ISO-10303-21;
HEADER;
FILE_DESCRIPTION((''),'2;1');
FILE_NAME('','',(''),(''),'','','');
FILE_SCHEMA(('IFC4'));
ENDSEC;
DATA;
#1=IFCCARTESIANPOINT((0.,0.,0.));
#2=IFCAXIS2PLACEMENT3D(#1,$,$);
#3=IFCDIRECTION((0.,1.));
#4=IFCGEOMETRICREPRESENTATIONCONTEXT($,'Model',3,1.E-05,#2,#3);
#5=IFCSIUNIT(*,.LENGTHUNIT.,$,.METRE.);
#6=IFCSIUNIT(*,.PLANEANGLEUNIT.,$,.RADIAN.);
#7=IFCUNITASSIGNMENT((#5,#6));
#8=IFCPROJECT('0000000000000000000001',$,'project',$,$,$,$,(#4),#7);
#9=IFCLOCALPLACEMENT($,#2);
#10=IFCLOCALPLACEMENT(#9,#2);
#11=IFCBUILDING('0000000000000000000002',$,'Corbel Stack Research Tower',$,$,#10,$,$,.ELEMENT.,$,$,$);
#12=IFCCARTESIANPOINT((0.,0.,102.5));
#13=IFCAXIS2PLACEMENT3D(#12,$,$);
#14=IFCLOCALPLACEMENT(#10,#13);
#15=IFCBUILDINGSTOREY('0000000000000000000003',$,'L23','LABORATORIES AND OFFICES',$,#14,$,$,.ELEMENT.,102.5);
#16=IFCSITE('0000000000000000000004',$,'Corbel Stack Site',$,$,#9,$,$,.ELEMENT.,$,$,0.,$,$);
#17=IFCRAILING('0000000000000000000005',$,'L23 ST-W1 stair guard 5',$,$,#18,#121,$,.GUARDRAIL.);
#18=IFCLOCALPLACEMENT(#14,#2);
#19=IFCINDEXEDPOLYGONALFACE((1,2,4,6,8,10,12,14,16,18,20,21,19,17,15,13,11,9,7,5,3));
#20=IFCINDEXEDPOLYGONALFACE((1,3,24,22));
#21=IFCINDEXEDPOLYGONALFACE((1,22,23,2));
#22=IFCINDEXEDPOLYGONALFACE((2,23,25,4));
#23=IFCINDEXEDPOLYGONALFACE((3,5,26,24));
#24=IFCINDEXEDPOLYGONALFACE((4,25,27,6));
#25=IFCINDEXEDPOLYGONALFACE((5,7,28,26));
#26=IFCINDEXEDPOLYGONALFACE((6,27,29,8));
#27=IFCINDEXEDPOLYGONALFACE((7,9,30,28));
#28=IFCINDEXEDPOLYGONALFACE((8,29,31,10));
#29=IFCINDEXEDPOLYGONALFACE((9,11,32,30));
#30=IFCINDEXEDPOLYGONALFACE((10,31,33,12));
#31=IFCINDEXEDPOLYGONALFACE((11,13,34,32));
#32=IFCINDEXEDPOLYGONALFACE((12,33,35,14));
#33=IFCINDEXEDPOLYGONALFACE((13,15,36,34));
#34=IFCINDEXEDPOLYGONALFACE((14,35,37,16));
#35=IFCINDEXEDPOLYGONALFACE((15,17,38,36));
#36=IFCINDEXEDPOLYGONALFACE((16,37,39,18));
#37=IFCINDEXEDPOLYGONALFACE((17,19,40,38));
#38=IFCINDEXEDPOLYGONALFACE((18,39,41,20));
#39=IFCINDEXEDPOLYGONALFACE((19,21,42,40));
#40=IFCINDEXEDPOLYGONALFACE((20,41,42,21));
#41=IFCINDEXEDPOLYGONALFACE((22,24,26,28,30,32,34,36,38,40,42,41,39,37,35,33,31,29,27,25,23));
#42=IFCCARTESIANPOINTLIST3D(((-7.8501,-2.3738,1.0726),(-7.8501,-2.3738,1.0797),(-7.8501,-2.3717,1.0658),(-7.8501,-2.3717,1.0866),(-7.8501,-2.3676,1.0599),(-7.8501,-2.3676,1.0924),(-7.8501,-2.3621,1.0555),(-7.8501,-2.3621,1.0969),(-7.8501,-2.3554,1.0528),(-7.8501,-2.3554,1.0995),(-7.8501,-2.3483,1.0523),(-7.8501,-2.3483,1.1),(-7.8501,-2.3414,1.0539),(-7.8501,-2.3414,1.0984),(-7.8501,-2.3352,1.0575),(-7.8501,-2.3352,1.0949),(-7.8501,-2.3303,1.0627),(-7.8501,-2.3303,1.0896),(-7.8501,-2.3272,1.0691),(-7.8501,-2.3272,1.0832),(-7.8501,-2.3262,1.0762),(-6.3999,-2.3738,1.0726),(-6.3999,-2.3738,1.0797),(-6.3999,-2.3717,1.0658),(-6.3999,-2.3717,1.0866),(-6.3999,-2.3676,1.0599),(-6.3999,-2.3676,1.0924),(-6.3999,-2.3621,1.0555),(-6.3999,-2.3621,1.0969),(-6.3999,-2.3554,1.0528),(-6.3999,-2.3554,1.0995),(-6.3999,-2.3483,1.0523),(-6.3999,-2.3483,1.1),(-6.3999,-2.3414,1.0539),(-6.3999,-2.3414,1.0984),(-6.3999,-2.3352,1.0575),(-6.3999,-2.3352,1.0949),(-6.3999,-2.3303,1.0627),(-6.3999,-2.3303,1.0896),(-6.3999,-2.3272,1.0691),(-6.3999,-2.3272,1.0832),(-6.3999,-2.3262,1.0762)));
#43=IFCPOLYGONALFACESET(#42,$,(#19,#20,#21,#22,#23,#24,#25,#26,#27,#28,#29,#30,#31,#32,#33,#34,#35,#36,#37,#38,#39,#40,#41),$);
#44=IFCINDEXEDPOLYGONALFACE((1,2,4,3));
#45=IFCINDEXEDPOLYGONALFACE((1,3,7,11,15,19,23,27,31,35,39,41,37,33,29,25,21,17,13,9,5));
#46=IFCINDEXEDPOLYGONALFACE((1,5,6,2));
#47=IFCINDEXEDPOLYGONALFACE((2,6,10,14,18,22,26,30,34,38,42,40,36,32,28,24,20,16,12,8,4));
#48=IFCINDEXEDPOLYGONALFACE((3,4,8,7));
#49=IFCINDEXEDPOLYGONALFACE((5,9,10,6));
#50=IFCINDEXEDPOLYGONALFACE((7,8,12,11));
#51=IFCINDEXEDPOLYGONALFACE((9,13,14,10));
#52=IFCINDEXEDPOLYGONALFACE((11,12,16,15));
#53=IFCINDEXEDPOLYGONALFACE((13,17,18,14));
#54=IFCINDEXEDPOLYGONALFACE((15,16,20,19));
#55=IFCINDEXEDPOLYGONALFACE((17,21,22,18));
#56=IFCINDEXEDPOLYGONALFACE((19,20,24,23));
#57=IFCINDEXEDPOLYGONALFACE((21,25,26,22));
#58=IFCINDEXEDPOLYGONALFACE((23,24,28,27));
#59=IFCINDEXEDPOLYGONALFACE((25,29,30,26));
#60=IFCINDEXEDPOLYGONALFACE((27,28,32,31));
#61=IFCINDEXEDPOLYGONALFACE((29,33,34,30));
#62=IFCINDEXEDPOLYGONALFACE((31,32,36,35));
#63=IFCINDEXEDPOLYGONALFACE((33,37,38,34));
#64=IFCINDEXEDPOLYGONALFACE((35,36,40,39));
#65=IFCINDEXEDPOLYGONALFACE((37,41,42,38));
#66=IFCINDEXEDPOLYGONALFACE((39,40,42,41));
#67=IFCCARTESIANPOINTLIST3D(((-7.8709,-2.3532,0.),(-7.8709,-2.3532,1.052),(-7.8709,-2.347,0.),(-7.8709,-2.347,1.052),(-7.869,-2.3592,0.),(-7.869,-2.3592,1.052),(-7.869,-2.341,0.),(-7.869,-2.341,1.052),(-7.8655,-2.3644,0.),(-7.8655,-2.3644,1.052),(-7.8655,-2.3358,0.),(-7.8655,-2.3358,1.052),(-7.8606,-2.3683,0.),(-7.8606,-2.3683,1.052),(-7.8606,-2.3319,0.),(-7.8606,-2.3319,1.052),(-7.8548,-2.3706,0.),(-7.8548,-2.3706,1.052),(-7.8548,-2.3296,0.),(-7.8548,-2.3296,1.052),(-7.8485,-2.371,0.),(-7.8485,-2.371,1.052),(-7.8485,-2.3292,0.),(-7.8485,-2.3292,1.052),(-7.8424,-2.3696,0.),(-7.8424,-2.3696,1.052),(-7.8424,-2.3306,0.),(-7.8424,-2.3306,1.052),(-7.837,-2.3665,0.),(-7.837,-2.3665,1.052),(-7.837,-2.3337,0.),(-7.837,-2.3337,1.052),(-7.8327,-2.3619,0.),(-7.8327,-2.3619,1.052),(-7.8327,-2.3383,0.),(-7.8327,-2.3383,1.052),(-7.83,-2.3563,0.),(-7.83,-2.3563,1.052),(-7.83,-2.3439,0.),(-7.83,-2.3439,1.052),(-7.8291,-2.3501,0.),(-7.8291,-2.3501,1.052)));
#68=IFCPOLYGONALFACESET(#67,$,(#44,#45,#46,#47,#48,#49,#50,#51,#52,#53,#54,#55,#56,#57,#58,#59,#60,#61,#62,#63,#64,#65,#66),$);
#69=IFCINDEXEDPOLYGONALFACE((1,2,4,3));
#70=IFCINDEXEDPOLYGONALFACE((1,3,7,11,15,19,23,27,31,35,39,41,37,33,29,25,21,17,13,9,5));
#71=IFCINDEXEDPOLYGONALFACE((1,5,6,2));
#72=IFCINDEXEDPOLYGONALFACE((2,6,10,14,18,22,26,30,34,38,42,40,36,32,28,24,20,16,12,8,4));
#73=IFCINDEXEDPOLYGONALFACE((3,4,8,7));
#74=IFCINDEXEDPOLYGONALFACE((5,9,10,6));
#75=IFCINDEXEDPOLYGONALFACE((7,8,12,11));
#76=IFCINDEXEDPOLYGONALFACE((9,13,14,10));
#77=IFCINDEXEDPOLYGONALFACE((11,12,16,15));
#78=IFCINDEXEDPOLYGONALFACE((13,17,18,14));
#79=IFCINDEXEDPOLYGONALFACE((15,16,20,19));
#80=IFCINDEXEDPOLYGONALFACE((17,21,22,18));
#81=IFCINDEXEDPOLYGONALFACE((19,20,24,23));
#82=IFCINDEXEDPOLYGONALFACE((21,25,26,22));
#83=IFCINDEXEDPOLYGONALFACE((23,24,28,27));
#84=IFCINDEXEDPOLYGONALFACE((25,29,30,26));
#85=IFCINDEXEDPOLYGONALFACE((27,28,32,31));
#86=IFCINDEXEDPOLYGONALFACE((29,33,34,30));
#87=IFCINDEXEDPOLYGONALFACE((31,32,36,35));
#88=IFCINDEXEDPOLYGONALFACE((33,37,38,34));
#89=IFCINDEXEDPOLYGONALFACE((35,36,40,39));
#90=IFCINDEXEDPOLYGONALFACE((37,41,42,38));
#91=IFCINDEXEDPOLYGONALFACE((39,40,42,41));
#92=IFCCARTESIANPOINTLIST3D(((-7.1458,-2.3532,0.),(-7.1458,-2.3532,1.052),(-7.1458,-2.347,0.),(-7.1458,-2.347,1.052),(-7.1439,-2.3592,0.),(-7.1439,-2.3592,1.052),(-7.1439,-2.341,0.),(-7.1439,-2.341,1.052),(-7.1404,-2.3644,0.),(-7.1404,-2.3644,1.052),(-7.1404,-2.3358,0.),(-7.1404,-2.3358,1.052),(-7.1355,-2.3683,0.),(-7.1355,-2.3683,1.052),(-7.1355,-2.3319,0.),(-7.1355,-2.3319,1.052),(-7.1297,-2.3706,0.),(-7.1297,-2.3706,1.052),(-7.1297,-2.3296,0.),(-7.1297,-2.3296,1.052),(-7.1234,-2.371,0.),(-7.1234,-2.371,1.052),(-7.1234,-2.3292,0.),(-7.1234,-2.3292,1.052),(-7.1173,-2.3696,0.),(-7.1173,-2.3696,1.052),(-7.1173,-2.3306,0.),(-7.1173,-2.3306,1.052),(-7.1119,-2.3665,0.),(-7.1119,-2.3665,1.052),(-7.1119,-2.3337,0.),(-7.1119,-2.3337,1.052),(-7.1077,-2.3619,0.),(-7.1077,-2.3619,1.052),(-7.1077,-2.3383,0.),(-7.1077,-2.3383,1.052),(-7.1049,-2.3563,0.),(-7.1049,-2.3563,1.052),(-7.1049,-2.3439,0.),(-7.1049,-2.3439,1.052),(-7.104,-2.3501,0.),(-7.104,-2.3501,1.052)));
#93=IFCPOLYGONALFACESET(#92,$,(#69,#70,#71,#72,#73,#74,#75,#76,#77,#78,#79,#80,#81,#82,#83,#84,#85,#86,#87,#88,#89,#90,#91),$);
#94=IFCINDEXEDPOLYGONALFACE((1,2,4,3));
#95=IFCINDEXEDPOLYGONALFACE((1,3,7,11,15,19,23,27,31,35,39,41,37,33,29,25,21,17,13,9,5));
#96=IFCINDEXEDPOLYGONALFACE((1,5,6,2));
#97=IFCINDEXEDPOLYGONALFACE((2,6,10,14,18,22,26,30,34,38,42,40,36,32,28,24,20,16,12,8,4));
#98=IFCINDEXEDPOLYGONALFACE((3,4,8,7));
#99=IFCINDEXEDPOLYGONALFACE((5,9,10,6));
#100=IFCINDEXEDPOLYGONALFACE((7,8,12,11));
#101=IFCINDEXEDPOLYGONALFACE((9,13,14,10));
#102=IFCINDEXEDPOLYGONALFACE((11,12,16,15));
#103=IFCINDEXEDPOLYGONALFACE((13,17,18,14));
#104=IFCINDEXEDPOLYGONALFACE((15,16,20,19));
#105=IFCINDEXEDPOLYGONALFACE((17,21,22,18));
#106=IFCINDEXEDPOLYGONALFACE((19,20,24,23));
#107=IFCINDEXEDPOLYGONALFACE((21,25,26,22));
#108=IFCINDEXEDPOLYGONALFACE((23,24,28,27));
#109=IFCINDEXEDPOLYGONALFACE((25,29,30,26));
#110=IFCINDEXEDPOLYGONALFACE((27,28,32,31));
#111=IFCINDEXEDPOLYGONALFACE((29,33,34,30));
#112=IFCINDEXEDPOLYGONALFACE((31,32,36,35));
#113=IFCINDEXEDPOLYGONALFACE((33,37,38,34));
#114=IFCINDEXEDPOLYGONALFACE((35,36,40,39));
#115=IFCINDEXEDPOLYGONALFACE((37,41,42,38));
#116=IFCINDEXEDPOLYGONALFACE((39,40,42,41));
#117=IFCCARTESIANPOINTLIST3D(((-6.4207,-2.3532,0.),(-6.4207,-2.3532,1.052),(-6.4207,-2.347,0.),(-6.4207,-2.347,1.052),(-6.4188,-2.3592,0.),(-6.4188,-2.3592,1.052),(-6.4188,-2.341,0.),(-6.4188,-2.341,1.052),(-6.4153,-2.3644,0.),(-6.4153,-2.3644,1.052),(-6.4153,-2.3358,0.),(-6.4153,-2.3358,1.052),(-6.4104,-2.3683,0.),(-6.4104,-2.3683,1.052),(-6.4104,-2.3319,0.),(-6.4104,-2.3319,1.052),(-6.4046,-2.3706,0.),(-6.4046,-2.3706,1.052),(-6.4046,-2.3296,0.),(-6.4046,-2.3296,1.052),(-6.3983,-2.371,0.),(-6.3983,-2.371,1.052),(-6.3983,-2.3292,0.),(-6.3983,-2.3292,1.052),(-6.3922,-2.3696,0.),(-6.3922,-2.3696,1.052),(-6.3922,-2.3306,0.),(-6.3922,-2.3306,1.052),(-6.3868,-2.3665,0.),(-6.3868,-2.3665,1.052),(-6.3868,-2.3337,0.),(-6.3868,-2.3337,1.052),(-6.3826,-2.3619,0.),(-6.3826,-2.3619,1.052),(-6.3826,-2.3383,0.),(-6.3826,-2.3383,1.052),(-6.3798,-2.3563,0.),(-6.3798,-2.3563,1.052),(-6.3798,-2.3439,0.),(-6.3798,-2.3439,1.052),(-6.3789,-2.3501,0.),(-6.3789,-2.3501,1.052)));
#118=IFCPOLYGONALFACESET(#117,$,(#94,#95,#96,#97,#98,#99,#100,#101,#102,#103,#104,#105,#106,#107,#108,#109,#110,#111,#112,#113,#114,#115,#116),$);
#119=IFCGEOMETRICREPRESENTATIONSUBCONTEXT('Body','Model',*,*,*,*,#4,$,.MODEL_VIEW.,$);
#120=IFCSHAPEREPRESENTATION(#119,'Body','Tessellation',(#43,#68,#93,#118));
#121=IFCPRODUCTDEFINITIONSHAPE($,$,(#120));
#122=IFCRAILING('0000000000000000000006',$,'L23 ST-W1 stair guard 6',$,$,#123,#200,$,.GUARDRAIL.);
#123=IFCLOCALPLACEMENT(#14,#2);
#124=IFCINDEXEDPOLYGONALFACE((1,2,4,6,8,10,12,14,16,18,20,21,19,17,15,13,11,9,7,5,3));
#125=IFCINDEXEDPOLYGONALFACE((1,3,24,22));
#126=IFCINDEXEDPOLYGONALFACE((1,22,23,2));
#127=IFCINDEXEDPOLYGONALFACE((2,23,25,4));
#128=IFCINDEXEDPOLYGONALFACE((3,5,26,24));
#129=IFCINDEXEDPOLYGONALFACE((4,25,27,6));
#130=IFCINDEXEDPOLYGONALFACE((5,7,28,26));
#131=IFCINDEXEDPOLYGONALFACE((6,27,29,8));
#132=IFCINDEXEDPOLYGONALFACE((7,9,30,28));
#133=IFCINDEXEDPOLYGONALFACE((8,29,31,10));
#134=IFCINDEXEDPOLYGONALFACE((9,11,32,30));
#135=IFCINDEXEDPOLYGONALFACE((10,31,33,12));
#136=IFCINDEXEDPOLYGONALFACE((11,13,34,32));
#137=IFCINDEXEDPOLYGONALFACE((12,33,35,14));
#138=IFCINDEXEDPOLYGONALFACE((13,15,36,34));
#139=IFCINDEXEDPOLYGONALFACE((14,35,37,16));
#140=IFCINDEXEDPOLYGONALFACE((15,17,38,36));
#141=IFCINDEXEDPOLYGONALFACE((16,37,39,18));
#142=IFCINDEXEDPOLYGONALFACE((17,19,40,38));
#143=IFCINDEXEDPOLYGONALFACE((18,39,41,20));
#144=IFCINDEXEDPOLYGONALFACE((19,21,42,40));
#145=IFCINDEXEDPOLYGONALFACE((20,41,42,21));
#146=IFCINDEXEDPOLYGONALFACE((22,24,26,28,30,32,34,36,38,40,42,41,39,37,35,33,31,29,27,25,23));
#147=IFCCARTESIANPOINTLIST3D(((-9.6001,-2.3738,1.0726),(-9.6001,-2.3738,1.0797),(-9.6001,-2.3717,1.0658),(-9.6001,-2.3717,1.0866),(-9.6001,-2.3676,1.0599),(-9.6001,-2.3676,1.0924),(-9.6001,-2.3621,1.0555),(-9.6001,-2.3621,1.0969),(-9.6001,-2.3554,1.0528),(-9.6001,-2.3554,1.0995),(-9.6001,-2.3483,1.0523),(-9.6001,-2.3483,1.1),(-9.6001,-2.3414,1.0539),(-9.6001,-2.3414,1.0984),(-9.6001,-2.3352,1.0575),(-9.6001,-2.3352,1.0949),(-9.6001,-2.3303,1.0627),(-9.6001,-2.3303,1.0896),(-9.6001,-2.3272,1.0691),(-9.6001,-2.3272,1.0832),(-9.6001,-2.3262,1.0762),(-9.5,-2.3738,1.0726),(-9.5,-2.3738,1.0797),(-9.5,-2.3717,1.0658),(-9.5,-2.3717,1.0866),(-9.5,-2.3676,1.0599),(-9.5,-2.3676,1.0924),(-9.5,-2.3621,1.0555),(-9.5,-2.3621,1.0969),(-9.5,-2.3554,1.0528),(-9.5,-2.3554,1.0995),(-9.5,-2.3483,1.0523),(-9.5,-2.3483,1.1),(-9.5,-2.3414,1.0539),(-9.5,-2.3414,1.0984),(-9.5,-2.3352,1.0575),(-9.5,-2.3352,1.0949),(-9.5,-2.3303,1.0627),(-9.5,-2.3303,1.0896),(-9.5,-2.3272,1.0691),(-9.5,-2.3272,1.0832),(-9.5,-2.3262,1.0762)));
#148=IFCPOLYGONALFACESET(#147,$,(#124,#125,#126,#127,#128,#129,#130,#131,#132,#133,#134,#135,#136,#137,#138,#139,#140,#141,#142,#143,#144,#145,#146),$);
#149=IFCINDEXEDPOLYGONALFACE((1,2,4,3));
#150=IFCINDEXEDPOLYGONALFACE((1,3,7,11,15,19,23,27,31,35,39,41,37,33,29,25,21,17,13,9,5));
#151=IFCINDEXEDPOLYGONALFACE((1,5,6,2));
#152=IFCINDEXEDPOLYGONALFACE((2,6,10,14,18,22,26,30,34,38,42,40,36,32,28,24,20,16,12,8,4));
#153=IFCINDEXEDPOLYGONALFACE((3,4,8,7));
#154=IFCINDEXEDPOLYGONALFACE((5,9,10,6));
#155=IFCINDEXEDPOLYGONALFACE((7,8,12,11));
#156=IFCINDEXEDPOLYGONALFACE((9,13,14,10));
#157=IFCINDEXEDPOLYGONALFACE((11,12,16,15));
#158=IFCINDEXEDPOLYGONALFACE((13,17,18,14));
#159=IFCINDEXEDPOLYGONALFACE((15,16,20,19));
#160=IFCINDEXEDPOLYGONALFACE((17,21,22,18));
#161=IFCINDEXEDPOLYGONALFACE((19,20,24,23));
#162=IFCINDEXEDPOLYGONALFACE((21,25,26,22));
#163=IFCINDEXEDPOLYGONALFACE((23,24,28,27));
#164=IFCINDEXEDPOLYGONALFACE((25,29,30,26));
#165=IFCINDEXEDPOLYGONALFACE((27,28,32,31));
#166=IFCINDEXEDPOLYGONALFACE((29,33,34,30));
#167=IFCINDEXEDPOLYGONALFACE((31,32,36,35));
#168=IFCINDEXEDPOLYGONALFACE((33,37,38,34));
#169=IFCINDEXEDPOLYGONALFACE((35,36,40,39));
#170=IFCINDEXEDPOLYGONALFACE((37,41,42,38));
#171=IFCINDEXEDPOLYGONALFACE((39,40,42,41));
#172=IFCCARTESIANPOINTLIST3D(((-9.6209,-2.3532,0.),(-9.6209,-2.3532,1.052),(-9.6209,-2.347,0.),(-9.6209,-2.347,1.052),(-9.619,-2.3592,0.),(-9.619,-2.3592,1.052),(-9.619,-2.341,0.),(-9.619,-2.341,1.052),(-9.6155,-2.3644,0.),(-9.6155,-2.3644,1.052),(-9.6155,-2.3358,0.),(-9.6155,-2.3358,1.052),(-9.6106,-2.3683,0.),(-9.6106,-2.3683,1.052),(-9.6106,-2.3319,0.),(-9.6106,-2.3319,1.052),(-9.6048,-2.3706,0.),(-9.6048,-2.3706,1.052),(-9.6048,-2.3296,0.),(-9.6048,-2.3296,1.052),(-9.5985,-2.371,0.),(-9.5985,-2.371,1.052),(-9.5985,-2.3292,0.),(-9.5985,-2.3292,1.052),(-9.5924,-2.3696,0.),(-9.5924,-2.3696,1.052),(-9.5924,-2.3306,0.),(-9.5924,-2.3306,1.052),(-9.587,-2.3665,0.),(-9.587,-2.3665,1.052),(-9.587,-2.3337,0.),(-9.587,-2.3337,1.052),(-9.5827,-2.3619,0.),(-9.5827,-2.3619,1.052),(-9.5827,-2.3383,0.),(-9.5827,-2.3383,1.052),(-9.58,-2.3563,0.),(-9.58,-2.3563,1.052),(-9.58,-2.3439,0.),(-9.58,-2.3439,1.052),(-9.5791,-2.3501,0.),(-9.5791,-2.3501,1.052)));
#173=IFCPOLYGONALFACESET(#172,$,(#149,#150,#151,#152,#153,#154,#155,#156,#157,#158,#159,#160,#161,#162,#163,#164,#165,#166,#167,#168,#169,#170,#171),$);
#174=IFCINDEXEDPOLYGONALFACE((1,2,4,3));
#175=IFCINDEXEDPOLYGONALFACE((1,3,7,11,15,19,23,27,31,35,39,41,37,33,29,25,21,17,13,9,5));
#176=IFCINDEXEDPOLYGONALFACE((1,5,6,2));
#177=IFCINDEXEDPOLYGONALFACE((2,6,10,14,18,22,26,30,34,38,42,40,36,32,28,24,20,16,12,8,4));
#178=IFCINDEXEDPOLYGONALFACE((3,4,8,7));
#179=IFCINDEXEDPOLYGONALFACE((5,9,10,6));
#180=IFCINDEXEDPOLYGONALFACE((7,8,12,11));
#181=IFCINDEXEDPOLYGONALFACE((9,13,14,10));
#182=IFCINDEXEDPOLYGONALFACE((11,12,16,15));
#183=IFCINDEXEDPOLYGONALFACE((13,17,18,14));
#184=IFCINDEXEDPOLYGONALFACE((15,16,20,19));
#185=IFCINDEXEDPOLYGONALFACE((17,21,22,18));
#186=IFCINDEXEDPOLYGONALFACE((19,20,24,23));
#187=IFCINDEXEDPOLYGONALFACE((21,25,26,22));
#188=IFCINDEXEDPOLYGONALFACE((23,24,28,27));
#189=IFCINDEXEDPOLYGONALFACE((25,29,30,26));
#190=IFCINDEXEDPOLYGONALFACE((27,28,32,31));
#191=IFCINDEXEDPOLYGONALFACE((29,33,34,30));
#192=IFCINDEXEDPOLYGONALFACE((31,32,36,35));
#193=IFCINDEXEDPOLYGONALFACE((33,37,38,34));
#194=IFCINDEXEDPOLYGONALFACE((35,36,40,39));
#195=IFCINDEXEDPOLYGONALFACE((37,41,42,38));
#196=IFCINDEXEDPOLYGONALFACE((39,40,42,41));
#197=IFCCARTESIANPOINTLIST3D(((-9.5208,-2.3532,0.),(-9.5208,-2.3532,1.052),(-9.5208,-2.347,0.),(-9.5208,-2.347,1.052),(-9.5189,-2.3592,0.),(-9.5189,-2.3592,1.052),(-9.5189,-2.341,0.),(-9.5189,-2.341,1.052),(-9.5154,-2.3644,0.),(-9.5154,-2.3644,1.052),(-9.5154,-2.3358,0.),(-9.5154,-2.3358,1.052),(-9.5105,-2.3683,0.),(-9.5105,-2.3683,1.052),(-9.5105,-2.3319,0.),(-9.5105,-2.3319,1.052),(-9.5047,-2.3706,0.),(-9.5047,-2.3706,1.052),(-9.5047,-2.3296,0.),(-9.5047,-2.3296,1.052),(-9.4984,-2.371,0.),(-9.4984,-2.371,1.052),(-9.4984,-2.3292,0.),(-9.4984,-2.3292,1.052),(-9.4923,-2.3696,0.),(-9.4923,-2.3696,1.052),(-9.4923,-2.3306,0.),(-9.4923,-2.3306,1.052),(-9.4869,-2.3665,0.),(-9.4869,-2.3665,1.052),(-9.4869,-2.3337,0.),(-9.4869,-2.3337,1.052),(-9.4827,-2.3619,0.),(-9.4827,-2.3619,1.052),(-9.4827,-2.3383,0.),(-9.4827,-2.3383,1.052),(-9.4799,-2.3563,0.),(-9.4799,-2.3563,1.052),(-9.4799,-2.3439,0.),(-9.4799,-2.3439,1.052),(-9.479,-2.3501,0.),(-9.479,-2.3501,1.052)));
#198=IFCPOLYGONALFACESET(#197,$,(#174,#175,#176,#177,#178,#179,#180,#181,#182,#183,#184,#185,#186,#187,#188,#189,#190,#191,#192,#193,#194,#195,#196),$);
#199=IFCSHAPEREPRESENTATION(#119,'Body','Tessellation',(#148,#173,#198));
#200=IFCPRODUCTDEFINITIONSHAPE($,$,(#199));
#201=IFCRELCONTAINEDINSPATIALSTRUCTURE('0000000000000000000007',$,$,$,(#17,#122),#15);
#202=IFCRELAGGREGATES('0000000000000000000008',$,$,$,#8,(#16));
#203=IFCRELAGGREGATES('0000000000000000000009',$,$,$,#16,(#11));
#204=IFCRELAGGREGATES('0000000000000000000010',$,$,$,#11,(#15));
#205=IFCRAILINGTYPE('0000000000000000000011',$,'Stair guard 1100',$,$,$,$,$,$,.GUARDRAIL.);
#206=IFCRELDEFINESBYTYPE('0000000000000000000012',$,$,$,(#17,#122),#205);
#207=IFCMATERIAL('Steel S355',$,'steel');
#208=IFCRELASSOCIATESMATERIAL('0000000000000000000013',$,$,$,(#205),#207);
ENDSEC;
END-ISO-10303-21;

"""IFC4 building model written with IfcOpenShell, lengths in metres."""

from ifc_helpers import new_model, si_unit, direction, frame, origin, origin_2d, place, context, subcontext, project, spatial, circle, extrude, material, type_object, element, save


model = new_model("IFC4")

# Units and contexts
model_context = context("Model", 3, precision=1e-05, world=origin(), true_north=direction((0.0, 1.0)))
body_context = subcontext(model_context, "Body", "Model", "MODEL_VIEW")
ifc_project = project(units=[si_unit("LENGTHUNIT", "METRE"), si_unit("PLANEANGLEUNIT", "RADIAN")], contexts=[model_context])

# Site, building, storey
site_placement = place(None, origin())
site = spatial("IfcSite", under=ifc_project, at=site_placement, Name="Corbel Stack Site", CompositionType="ELEMENT", RefElevation=0.0)
building_placement = place(site_placement, origin())
building = spatial("IfcBuilding", under=site, at=building_placement, Name="Corbel Stack Research Tower", CompositionType="ELEMENT")
storey_placement = place(building_placement, frame((0.0, 0.0, 102.5)))
storey = spatial("IfcBuildingStorey", under=building, at=storey_placement, Name="L23", Description="LABORATORIES AND OFFICES", CompositionType="ELEMENT", Elevation=102.5)

# Railings
ifc_material_1 = material(Name="Steel S355", Category="steel")
railing_type_1 = type_object("IfcRailingType", Name="Stair guard 1100", PredefinedType="GUARDRAIL", material=ifc_material_1)
railing_1_placement = place(storey_placement, frame((-7.8501, -2.3501, 0.0)))
element("IfcRailing", 1, at=railing_1_placement, inside=storey, type_object=railing_type_1, Name="L23 ST-W1 stair guard 5", PredefinedType="GUARDRAIL", context=body_context, shape_type="SweptSolid", body=[
    extrude(circle(Radius=0.0239, at=origin_2d()), frame((0.0, 0.0, 1.0762), z_axis=(1.0, 0.0, 0.0), x_axis=(0.0, 1.0, 0.0)), (0.0, 0.0, 1.0), 1.4502),
    extrude(circle(Radius=0.021, at=origin_2d()), origin(), (0.0, 0.0, 1.0), 1.052),
    extrude(circle(Radius=0.021, at=origin_2d()), frame((0.7251, 0.0, 0.0)), (0.0, 0.0, 1.0), 1.052),
    extrude(circle(Radius=0.021, at=origin_2d()), frame((1.4502, 0.0, 0.0)), (0.0, 0.0, 1.0), 1.052),
])
railing_2_placement = place(storey_placement, frame((-9.6001, -2.3501, 0.0)))
element("IfcRailing", 2, at=railing_2_placement, inside=storey, type_object=railing_type_1, Name="L23 ST-W1 stair guard 6", PredefinedType="GUARDRAIL", context=body_context, shape_type="SweptSolid", body=[
    extrude(circle(Radius=0.0239, at=origin_2d()), frame((0.0, 0.0, 1.0762), z_axis=(1.0, 0.0, 0.0), x_axis=(0.0, 1.0, 0.0)), (0.0, 0.0, 1.0), 0.1001),
    extrude(circle(Radius=0.021, at=origin_2d()), origin(), (0.0, 0.0, 1.0), 1.052),
    extrude(circle(Radius=0.021, at=origin_2d()), frame((0.1001, 0.0, 0.0)), (0.0, 0.0, 1.0), 1.052),
])

save(model, "model.ifc")
